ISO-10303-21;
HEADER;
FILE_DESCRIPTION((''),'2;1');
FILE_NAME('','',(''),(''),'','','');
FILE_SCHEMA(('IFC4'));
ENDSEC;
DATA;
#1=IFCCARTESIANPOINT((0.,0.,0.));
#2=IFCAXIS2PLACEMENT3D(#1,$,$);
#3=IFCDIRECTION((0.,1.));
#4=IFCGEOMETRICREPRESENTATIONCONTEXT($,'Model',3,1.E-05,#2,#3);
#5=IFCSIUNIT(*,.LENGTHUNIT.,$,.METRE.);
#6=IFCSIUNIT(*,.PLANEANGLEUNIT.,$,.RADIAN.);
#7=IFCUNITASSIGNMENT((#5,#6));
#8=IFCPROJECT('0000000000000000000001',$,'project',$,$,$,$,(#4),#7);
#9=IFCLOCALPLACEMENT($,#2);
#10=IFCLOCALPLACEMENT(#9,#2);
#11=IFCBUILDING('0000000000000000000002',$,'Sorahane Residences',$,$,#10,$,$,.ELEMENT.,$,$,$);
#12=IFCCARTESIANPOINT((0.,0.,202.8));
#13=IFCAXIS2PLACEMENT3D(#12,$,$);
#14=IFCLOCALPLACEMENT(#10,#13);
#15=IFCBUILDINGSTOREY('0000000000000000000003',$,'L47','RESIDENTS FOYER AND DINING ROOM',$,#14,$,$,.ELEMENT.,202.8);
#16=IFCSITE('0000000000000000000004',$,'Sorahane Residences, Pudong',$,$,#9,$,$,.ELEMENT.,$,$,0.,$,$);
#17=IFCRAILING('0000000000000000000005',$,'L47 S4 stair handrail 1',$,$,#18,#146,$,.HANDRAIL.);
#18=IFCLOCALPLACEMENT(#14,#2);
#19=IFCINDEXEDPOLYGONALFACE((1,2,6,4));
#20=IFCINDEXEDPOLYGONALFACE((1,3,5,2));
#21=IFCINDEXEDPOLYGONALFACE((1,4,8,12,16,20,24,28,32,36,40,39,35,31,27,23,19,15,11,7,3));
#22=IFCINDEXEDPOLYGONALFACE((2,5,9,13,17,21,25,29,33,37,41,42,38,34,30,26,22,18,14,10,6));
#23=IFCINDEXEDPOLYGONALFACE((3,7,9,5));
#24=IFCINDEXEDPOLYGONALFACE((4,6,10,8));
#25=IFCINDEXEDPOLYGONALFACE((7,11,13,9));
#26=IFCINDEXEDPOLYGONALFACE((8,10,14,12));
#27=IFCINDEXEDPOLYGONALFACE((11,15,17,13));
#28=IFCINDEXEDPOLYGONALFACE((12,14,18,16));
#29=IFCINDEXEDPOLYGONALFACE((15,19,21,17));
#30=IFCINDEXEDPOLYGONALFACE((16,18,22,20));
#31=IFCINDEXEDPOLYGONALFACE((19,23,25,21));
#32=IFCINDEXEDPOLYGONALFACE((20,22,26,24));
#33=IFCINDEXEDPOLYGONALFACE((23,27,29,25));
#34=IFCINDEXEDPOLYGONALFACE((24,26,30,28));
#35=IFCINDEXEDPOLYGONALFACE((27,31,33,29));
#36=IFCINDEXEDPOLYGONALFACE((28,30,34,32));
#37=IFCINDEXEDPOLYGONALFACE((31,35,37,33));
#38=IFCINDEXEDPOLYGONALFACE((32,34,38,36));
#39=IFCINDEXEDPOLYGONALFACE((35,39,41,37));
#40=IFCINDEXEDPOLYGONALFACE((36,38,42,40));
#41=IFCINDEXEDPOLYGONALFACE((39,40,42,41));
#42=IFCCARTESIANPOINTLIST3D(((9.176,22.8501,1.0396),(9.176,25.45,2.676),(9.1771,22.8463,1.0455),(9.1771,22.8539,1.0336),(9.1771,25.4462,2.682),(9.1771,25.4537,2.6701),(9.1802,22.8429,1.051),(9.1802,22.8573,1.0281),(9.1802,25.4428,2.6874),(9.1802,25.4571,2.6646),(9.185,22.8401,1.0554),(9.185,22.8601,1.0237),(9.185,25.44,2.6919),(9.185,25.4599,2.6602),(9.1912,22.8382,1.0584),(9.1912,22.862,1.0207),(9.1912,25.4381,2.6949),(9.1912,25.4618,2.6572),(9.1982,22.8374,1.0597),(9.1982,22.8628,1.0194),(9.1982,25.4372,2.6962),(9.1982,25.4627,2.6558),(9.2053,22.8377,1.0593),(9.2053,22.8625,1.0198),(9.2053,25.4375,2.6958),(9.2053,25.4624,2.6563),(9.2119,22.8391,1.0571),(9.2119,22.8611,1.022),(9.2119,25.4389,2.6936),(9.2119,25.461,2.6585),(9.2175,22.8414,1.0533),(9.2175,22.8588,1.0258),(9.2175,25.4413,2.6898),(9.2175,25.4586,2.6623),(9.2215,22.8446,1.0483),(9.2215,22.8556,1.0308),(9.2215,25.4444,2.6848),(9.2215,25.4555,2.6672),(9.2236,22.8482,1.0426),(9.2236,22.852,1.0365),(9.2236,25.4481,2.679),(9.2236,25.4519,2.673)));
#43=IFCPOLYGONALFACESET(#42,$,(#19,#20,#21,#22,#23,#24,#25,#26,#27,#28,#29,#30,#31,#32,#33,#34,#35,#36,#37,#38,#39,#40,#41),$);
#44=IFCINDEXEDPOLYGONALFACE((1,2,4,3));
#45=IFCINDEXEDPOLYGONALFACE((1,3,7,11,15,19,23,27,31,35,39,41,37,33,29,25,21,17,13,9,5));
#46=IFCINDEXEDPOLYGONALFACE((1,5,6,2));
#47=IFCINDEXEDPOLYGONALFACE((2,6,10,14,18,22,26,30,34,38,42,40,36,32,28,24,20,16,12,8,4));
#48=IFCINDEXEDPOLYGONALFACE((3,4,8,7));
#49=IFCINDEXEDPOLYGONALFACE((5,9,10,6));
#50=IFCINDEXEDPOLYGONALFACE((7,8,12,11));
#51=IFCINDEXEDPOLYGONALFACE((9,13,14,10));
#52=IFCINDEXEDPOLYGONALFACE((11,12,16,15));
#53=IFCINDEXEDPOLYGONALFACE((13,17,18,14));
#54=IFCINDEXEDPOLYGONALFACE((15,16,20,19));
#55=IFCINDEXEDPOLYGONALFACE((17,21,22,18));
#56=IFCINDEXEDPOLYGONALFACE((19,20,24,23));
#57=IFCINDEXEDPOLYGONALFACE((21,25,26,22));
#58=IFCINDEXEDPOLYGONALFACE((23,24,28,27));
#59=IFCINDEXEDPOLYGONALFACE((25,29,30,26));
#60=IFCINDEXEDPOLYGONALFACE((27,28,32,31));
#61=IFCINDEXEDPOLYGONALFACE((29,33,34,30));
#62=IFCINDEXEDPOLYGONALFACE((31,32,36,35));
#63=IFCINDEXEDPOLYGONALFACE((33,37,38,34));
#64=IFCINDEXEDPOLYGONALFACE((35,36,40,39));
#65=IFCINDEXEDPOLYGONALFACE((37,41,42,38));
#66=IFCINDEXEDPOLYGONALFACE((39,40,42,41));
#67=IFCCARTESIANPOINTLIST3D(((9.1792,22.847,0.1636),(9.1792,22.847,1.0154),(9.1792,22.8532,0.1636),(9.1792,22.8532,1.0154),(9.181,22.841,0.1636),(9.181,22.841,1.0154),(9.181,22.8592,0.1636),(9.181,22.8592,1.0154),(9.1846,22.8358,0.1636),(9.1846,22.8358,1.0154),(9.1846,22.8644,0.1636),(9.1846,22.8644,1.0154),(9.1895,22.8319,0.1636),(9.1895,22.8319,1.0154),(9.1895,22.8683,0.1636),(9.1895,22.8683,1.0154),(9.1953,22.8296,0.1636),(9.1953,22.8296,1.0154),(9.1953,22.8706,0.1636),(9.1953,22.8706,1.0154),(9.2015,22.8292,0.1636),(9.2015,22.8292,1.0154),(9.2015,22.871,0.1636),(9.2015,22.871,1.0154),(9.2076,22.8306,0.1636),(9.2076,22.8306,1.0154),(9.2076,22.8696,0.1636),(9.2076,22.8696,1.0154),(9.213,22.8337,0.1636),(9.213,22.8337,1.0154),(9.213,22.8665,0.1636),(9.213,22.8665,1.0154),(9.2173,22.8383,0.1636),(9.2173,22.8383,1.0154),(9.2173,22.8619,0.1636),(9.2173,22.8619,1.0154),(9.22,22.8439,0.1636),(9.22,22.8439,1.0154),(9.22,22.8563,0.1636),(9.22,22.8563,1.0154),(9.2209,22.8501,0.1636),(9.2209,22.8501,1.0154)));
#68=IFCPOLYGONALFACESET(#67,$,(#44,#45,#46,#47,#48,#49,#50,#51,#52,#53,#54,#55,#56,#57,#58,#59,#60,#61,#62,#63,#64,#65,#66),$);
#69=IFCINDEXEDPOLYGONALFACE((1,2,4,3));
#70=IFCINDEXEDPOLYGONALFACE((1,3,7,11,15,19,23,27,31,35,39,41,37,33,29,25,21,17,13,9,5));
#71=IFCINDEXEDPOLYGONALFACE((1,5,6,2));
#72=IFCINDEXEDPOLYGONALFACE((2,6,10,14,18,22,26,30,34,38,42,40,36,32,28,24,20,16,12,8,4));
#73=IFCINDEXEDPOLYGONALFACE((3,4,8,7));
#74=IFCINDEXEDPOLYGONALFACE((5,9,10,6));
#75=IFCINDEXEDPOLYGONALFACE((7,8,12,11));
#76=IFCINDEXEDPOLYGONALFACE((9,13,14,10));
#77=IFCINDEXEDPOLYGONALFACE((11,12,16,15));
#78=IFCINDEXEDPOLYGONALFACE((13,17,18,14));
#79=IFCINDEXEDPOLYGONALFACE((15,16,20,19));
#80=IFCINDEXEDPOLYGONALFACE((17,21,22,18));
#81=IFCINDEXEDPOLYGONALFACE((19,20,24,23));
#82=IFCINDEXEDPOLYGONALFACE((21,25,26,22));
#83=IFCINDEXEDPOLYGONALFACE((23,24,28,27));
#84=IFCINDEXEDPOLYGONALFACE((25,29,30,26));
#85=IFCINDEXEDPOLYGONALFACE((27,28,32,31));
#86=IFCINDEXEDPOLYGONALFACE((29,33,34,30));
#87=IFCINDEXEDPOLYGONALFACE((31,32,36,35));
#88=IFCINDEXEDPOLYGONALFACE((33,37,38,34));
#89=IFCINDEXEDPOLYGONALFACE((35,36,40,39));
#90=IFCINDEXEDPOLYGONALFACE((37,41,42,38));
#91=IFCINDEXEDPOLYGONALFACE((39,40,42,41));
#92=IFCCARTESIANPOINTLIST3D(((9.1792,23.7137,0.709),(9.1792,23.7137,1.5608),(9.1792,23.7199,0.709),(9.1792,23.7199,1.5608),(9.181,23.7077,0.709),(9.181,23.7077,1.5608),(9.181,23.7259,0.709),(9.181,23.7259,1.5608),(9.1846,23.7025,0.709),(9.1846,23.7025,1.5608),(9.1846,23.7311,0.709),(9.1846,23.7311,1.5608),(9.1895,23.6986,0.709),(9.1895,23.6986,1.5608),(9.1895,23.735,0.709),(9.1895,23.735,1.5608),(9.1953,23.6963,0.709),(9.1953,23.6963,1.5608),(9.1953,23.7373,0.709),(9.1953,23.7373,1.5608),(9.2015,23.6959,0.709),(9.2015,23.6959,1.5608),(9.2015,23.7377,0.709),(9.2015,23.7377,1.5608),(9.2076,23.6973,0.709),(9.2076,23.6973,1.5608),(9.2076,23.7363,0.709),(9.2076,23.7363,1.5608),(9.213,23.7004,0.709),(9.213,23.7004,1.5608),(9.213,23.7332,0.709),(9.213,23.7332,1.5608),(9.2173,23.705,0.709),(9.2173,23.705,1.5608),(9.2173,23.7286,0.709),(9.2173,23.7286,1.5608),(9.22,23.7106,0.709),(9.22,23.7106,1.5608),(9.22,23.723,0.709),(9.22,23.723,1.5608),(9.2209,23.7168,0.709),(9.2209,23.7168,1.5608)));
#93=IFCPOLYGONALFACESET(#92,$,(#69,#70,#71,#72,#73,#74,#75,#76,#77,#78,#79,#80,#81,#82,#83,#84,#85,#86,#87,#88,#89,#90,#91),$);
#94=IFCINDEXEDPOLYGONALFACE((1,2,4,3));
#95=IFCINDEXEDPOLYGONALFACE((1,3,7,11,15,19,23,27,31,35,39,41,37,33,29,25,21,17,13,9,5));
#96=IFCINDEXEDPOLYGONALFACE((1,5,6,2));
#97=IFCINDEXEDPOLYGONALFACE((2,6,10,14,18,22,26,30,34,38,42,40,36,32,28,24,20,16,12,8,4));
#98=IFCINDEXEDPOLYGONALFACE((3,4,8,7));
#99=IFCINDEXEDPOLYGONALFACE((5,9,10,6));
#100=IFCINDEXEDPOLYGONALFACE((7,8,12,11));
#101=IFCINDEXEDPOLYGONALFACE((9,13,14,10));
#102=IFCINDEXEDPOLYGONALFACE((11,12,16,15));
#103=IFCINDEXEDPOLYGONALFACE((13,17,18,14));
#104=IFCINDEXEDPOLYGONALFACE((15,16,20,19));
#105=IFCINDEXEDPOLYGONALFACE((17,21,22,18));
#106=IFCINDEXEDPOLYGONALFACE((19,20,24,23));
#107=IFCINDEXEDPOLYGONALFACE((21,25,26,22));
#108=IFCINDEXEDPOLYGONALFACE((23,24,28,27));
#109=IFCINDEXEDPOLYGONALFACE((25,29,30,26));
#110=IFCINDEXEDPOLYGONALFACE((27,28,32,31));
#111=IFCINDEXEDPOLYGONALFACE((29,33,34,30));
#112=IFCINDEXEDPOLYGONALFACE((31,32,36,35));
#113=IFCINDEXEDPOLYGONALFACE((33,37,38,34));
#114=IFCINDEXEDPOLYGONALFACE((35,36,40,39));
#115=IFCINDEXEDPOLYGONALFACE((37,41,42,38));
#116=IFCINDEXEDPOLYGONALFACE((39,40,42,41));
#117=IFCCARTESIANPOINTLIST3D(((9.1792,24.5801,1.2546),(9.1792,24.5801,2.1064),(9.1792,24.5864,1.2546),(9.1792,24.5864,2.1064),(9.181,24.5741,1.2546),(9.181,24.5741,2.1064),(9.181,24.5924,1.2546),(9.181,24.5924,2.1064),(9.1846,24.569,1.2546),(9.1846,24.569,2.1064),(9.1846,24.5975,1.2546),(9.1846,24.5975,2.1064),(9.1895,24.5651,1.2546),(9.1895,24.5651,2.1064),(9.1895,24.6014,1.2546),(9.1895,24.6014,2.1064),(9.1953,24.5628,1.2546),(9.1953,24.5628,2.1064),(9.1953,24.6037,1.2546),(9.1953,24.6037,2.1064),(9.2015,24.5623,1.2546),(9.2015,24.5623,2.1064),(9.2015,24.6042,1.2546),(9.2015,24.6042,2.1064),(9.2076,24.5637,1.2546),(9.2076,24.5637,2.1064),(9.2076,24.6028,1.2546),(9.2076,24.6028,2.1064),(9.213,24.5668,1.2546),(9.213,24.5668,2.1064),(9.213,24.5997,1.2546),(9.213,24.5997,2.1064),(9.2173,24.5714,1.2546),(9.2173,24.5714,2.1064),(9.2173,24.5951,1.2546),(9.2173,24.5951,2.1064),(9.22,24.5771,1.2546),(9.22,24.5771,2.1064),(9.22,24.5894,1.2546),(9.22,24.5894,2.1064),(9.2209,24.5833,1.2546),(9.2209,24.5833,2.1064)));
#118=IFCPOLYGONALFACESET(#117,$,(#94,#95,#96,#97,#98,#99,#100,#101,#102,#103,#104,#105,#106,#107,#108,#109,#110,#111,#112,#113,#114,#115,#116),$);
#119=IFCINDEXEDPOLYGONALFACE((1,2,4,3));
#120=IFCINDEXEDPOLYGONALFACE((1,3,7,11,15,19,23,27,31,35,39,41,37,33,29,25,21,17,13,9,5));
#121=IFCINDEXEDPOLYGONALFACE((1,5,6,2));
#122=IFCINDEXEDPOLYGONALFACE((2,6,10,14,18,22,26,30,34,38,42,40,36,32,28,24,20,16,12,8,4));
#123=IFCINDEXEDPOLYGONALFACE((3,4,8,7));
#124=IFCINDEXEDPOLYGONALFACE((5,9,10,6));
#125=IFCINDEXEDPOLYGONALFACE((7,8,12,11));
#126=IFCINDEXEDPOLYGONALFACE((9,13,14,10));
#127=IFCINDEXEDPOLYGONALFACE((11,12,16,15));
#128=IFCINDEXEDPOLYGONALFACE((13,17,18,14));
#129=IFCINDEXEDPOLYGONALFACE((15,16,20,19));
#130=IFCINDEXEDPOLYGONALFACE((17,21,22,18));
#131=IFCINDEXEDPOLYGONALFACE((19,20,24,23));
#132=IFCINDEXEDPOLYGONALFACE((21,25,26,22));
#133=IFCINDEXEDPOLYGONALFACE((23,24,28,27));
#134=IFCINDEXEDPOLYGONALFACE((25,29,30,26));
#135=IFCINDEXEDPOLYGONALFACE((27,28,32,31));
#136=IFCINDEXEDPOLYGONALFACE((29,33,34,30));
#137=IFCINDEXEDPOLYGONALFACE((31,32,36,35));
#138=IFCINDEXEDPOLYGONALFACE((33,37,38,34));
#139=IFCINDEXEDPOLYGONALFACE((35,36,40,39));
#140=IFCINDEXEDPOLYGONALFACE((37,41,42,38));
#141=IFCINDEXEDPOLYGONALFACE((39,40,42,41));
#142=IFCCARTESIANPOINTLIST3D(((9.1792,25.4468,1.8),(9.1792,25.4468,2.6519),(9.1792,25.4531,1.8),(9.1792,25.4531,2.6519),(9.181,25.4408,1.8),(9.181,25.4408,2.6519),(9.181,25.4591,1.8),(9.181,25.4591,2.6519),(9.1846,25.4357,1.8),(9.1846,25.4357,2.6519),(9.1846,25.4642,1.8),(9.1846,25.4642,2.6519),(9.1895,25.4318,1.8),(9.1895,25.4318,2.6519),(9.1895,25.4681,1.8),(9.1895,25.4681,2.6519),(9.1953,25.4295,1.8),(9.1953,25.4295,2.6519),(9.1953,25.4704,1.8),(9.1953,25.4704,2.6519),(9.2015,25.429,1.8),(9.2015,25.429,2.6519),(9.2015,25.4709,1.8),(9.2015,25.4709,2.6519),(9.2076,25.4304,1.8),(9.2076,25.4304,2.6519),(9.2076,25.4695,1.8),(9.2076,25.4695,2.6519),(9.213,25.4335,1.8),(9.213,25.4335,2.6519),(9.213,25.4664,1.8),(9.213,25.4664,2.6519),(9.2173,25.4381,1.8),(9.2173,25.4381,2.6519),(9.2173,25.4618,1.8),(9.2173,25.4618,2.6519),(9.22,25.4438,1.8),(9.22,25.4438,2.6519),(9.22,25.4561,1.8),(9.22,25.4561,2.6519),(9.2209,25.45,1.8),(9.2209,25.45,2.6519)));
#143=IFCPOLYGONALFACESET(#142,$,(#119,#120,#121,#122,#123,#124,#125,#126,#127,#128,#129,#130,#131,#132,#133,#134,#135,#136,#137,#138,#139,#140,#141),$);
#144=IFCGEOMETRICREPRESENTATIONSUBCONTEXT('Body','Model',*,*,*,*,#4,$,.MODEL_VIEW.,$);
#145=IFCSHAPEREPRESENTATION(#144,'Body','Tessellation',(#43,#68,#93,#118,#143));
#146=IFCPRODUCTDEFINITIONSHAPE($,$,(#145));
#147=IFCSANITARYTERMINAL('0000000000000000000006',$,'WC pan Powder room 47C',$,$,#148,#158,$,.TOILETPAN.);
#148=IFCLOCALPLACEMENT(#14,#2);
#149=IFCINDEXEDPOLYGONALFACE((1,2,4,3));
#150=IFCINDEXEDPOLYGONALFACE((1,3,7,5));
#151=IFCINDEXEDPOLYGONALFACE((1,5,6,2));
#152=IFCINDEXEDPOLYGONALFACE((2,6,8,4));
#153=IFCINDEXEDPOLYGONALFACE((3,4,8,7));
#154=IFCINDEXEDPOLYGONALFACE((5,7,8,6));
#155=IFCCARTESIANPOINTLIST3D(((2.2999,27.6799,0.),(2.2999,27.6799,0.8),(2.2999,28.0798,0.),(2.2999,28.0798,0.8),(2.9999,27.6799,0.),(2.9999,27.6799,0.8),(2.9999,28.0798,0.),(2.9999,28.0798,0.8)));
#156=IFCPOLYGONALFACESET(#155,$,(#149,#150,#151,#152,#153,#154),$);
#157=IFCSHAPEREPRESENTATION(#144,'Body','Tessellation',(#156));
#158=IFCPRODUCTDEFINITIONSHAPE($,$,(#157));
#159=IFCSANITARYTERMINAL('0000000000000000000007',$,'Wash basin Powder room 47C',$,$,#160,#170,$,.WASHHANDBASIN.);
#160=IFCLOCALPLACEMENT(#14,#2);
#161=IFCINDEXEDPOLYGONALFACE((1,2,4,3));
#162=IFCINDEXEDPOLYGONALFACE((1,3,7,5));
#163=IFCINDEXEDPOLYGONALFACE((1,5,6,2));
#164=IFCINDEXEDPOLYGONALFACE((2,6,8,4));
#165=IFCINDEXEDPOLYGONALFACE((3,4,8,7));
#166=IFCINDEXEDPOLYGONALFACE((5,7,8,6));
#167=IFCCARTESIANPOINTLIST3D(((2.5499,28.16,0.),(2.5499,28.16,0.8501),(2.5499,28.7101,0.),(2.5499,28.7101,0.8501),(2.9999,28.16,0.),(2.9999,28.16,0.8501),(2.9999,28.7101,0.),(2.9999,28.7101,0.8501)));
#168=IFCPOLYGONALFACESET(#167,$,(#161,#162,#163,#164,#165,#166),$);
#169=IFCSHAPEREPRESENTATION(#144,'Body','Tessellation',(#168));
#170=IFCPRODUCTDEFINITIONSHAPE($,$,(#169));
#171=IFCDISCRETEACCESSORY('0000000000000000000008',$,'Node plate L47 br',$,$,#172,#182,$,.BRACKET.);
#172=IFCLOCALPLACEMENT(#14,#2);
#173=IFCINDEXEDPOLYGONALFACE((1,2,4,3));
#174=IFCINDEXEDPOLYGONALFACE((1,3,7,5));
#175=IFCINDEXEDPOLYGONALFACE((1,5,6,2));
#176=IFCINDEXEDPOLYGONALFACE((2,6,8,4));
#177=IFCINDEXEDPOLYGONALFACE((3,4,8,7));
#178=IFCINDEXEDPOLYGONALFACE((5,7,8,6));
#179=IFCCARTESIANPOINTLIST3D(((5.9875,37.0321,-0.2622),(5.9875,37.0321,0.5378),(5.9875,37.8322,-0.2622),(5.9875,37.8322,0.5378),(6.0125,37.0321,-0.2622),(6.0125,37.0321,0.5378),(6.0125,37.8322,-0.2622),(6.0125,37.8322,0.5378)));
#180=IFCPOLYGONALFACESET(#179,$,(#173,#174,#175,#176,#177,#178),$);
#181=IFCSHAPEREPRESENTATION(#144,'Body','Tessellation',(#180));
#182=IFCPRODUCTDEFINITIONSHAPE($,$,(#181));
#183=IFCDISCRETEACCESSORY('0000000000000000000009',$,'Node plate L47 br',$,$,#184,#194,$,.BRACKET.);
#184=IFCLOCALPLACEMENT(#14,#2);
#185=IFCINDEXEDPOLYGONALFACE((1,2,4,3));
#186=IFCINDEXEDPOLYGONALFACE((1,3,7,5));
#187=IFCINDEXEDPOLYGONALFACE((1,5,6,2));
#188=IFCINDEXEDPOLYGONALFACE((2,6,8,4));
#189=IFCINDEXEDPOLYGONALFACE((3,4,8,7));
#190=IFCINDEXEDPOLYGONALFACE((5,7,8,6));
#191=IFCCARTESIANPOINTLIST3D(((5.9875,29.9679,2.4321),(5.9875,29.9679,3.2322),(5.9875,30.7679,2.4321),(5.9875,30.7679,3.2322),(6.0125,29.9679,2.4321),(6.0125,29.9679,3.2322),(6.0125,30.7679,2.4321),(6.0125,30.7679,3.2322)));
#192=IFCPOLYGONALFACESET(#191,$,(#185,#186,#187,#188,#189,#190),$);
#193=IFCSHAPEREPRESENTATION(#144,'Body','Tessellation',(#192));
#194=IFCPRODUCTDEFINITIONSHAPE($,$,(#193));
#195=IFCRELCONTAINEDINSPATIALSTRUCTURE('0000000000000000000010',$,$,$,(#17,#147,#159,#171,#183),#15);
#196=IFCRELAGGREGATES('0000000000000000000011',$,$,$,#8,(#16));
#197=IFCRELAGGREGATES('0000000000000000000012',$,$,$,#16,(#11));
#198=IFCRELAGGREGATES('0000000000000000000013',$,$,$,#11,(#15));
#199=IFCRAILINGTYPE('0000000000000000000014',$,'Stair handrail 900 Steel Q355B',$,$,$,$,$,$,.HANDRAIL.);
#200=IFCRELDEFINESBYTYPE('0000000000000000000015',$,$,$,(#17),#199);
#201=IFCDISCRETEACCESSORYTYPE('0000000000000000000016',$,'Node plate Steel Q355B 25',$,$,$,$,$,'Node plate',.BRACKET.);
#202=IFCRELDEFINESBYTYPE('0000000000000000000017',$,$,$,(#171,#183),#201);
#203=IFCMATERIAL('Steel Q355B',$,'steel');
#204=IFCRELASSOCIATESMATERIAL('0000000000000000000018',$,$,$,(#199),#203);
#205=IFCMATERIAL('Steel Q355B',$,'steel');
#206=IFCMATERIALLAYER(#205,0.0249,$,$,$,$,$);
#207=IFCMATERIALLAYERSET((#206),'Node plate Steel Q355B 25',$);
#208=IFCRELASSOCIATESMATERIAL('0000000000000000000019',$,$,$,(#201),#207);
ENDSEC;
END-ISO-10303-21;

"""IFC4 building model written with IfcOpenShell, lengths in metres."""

from ifc_helpers import new_model, si_unit, direction, frame, origin, origin_2d, place, context, subcontext, project, spatial, rectangle, circle, extrude, material, layer, layer_set, type_object, element, save


model = new_model("IFC4")

# Units and contexts
model_context = context("Model", 3, precision=1e-05, world=origin(), true_north=direction((0.0, 1.0)))
body_context = subcontext(model_context, "Body", "Model", "MODEL_VIEW")
ifc_project = project(units=[si_unit("LENGTHUNIT", "METRE"), si_unit("PLANEANGLEUNIT", "RADIAN")], contexts=[model_context])

# Site, building, storey
site_placement = place(None, origin())
site = spatial("IfcSite", under=ifc_project, at=site_placement, Name="Sorahane Residences, Pudong", CompositionType="ELEMENT", RefElevation=0.0)
building_placement = place(site_placement, origin())
building = spatial("IfcBuilding", under=site, at=building_placement, Name="Sorahane Residences", CompositionType="ELEMENT")
storey_placement = place(building_placement, frame((0.0, 0.0, 202.8)))
storey = spatial("IfcBuildingStorey", under=building, at=storey_placement, Name="L47", Description="RESIDENTS FOYER AND DINING ROOM", CompositionType="ELEMENT", Elevation=202.8)

# Railing
ifc_material_1 = material(Name="Steel Q355B", Category="steel")
railing_type = type_object("IfcRailingType", Name="Stair handrail 900 Steel Q355B", PredefinedType="HANDRAIL", material=ifc_material_1)
railing_placement = place(storey_placement, frame((9.2, 22.8501, 0.1636)))
element("IfcRailing", 1, at=railing_placement, inside=storey, type_object=railing_type, Name="L47 S4 stair handrail 1", PredefinedType="HANDRAIL", context=body_context, shape_type="SweptSolid", body=[
    extrude(circle(Radius=0.0239, at=origin_2d()), frame((0.0, 0.0, 0.876), z_axis=(0.0, 0.846302, 0.532704), x_axis=(-1.0, 0.0, 0.0)), (0.0, 0.0, 1.0), 3.072),
    extrude(circle(Radius=0.021, at=origin_2d()), origin(), (0.0, 0.0, 1.0), 0.8518),
    extrude(circle(Radius=0.021, at=origin_2d()), frame((0.0, 0.8667, 0.5454)), (0.0, 0.0, 1.0), 0.8518),
    extrude(circle(Radius=0.021, at=origin_2d()), frame((0.0, 1.7332, 1.0911)), (0.0, 0.0, 1.0), 0.8518),
    extrude(circle(Radius=0.021, at=origin_2d()), frame((0.0, 2.5999, 1.6365)), (0.0, 0.0, 1.0), 0.8518),
])

# Sanitary terminals
sanitary_terminal_1_placement = place(storey_placement, frame((2.6499, 27.8799, 0.0), z_axis=(0.0, 0.0, 1.0), x_axis=(0.0, -1.0, 0.0)))
element("IfcSanitaryTerminal", 2, at=sanitary_terminal_1_placement, inside=storey, Name="WC pan Powder room 47C", PredefinedType="TOILETPAN", context=body_context, shape_type="SweptSolid", body=[
    extrude(rectangle(XDim=0.3999, YDim=0.7, at=origin_2d()), origin(), (0.0, 0.0, 1.0), 0.8),
])
sanitary_terminal_2_placement = place(storey_placement, frame((2.7749, 28.4351, 0.0), z_axis=(0.0, 0.0, 1.0), x_axis=(0.0, -1.0, 0.0)))
element("IfcSanitaryTerminal", 3, at=sanitary_terminal_2_placement, inside=storey, Name="Wash basin Powder room 47C", PredefinedType="WASHHANDBASIN", context=body_context, shape_type="SweptSolid", body=[
    extrude(rectangle(XDim=0.55, YDim=0.45, at=origin_2d()), origin(), (0.0, 0.0, 1.0), 0.8501),
])

# Discrete accessories
ifc_material_2 = material(Name="Steel Q355B", Category="steel")
ifc_layer_1 = layer(ifc_material_2, 0.0249)
ifc_layer_set_1 = layer_set([ifc_layer_1], Name="Node plate Steel Q355B 25")
discrete_accessory_type = type_object("IfcDiscreteAccessoryType", Name="Node plate Steel Q355B 25", ElementType="Node plate", PredefinedType="BRACKET", material=ifc_layer_set_1)
for number, where, z_axis, x_axis, name in (
    (4, (6.0, 37.4321, -0.2622), (0.0, 0.0, 1.0), (0.0, 1.0, 0.0), "Node plate L47 br"),
    (5, (6.0, 30.3679, 2.4321), (0.0, 0.0, 1.0), (0.0, 1.0, 0.0), "Node plate L47 br"),
):
    element("IfcDiscreteAccessory", number, at=place(storey_placement, frame(where, z_axis=z_axis, x_axis=x_axis)), inside=storey, type_object=discrete_accessory_type, Name=name, PredefinedType="BRACKET", context=body_context, shape_type="SweptSolid", body=[
        extrude(rectangle(XDim=0.8, YDim=0.0249, at=origin_2d()), origin(), (0.0, 0.0, 1.0), 0.8),
    ])

save(model, "model.ifc")
